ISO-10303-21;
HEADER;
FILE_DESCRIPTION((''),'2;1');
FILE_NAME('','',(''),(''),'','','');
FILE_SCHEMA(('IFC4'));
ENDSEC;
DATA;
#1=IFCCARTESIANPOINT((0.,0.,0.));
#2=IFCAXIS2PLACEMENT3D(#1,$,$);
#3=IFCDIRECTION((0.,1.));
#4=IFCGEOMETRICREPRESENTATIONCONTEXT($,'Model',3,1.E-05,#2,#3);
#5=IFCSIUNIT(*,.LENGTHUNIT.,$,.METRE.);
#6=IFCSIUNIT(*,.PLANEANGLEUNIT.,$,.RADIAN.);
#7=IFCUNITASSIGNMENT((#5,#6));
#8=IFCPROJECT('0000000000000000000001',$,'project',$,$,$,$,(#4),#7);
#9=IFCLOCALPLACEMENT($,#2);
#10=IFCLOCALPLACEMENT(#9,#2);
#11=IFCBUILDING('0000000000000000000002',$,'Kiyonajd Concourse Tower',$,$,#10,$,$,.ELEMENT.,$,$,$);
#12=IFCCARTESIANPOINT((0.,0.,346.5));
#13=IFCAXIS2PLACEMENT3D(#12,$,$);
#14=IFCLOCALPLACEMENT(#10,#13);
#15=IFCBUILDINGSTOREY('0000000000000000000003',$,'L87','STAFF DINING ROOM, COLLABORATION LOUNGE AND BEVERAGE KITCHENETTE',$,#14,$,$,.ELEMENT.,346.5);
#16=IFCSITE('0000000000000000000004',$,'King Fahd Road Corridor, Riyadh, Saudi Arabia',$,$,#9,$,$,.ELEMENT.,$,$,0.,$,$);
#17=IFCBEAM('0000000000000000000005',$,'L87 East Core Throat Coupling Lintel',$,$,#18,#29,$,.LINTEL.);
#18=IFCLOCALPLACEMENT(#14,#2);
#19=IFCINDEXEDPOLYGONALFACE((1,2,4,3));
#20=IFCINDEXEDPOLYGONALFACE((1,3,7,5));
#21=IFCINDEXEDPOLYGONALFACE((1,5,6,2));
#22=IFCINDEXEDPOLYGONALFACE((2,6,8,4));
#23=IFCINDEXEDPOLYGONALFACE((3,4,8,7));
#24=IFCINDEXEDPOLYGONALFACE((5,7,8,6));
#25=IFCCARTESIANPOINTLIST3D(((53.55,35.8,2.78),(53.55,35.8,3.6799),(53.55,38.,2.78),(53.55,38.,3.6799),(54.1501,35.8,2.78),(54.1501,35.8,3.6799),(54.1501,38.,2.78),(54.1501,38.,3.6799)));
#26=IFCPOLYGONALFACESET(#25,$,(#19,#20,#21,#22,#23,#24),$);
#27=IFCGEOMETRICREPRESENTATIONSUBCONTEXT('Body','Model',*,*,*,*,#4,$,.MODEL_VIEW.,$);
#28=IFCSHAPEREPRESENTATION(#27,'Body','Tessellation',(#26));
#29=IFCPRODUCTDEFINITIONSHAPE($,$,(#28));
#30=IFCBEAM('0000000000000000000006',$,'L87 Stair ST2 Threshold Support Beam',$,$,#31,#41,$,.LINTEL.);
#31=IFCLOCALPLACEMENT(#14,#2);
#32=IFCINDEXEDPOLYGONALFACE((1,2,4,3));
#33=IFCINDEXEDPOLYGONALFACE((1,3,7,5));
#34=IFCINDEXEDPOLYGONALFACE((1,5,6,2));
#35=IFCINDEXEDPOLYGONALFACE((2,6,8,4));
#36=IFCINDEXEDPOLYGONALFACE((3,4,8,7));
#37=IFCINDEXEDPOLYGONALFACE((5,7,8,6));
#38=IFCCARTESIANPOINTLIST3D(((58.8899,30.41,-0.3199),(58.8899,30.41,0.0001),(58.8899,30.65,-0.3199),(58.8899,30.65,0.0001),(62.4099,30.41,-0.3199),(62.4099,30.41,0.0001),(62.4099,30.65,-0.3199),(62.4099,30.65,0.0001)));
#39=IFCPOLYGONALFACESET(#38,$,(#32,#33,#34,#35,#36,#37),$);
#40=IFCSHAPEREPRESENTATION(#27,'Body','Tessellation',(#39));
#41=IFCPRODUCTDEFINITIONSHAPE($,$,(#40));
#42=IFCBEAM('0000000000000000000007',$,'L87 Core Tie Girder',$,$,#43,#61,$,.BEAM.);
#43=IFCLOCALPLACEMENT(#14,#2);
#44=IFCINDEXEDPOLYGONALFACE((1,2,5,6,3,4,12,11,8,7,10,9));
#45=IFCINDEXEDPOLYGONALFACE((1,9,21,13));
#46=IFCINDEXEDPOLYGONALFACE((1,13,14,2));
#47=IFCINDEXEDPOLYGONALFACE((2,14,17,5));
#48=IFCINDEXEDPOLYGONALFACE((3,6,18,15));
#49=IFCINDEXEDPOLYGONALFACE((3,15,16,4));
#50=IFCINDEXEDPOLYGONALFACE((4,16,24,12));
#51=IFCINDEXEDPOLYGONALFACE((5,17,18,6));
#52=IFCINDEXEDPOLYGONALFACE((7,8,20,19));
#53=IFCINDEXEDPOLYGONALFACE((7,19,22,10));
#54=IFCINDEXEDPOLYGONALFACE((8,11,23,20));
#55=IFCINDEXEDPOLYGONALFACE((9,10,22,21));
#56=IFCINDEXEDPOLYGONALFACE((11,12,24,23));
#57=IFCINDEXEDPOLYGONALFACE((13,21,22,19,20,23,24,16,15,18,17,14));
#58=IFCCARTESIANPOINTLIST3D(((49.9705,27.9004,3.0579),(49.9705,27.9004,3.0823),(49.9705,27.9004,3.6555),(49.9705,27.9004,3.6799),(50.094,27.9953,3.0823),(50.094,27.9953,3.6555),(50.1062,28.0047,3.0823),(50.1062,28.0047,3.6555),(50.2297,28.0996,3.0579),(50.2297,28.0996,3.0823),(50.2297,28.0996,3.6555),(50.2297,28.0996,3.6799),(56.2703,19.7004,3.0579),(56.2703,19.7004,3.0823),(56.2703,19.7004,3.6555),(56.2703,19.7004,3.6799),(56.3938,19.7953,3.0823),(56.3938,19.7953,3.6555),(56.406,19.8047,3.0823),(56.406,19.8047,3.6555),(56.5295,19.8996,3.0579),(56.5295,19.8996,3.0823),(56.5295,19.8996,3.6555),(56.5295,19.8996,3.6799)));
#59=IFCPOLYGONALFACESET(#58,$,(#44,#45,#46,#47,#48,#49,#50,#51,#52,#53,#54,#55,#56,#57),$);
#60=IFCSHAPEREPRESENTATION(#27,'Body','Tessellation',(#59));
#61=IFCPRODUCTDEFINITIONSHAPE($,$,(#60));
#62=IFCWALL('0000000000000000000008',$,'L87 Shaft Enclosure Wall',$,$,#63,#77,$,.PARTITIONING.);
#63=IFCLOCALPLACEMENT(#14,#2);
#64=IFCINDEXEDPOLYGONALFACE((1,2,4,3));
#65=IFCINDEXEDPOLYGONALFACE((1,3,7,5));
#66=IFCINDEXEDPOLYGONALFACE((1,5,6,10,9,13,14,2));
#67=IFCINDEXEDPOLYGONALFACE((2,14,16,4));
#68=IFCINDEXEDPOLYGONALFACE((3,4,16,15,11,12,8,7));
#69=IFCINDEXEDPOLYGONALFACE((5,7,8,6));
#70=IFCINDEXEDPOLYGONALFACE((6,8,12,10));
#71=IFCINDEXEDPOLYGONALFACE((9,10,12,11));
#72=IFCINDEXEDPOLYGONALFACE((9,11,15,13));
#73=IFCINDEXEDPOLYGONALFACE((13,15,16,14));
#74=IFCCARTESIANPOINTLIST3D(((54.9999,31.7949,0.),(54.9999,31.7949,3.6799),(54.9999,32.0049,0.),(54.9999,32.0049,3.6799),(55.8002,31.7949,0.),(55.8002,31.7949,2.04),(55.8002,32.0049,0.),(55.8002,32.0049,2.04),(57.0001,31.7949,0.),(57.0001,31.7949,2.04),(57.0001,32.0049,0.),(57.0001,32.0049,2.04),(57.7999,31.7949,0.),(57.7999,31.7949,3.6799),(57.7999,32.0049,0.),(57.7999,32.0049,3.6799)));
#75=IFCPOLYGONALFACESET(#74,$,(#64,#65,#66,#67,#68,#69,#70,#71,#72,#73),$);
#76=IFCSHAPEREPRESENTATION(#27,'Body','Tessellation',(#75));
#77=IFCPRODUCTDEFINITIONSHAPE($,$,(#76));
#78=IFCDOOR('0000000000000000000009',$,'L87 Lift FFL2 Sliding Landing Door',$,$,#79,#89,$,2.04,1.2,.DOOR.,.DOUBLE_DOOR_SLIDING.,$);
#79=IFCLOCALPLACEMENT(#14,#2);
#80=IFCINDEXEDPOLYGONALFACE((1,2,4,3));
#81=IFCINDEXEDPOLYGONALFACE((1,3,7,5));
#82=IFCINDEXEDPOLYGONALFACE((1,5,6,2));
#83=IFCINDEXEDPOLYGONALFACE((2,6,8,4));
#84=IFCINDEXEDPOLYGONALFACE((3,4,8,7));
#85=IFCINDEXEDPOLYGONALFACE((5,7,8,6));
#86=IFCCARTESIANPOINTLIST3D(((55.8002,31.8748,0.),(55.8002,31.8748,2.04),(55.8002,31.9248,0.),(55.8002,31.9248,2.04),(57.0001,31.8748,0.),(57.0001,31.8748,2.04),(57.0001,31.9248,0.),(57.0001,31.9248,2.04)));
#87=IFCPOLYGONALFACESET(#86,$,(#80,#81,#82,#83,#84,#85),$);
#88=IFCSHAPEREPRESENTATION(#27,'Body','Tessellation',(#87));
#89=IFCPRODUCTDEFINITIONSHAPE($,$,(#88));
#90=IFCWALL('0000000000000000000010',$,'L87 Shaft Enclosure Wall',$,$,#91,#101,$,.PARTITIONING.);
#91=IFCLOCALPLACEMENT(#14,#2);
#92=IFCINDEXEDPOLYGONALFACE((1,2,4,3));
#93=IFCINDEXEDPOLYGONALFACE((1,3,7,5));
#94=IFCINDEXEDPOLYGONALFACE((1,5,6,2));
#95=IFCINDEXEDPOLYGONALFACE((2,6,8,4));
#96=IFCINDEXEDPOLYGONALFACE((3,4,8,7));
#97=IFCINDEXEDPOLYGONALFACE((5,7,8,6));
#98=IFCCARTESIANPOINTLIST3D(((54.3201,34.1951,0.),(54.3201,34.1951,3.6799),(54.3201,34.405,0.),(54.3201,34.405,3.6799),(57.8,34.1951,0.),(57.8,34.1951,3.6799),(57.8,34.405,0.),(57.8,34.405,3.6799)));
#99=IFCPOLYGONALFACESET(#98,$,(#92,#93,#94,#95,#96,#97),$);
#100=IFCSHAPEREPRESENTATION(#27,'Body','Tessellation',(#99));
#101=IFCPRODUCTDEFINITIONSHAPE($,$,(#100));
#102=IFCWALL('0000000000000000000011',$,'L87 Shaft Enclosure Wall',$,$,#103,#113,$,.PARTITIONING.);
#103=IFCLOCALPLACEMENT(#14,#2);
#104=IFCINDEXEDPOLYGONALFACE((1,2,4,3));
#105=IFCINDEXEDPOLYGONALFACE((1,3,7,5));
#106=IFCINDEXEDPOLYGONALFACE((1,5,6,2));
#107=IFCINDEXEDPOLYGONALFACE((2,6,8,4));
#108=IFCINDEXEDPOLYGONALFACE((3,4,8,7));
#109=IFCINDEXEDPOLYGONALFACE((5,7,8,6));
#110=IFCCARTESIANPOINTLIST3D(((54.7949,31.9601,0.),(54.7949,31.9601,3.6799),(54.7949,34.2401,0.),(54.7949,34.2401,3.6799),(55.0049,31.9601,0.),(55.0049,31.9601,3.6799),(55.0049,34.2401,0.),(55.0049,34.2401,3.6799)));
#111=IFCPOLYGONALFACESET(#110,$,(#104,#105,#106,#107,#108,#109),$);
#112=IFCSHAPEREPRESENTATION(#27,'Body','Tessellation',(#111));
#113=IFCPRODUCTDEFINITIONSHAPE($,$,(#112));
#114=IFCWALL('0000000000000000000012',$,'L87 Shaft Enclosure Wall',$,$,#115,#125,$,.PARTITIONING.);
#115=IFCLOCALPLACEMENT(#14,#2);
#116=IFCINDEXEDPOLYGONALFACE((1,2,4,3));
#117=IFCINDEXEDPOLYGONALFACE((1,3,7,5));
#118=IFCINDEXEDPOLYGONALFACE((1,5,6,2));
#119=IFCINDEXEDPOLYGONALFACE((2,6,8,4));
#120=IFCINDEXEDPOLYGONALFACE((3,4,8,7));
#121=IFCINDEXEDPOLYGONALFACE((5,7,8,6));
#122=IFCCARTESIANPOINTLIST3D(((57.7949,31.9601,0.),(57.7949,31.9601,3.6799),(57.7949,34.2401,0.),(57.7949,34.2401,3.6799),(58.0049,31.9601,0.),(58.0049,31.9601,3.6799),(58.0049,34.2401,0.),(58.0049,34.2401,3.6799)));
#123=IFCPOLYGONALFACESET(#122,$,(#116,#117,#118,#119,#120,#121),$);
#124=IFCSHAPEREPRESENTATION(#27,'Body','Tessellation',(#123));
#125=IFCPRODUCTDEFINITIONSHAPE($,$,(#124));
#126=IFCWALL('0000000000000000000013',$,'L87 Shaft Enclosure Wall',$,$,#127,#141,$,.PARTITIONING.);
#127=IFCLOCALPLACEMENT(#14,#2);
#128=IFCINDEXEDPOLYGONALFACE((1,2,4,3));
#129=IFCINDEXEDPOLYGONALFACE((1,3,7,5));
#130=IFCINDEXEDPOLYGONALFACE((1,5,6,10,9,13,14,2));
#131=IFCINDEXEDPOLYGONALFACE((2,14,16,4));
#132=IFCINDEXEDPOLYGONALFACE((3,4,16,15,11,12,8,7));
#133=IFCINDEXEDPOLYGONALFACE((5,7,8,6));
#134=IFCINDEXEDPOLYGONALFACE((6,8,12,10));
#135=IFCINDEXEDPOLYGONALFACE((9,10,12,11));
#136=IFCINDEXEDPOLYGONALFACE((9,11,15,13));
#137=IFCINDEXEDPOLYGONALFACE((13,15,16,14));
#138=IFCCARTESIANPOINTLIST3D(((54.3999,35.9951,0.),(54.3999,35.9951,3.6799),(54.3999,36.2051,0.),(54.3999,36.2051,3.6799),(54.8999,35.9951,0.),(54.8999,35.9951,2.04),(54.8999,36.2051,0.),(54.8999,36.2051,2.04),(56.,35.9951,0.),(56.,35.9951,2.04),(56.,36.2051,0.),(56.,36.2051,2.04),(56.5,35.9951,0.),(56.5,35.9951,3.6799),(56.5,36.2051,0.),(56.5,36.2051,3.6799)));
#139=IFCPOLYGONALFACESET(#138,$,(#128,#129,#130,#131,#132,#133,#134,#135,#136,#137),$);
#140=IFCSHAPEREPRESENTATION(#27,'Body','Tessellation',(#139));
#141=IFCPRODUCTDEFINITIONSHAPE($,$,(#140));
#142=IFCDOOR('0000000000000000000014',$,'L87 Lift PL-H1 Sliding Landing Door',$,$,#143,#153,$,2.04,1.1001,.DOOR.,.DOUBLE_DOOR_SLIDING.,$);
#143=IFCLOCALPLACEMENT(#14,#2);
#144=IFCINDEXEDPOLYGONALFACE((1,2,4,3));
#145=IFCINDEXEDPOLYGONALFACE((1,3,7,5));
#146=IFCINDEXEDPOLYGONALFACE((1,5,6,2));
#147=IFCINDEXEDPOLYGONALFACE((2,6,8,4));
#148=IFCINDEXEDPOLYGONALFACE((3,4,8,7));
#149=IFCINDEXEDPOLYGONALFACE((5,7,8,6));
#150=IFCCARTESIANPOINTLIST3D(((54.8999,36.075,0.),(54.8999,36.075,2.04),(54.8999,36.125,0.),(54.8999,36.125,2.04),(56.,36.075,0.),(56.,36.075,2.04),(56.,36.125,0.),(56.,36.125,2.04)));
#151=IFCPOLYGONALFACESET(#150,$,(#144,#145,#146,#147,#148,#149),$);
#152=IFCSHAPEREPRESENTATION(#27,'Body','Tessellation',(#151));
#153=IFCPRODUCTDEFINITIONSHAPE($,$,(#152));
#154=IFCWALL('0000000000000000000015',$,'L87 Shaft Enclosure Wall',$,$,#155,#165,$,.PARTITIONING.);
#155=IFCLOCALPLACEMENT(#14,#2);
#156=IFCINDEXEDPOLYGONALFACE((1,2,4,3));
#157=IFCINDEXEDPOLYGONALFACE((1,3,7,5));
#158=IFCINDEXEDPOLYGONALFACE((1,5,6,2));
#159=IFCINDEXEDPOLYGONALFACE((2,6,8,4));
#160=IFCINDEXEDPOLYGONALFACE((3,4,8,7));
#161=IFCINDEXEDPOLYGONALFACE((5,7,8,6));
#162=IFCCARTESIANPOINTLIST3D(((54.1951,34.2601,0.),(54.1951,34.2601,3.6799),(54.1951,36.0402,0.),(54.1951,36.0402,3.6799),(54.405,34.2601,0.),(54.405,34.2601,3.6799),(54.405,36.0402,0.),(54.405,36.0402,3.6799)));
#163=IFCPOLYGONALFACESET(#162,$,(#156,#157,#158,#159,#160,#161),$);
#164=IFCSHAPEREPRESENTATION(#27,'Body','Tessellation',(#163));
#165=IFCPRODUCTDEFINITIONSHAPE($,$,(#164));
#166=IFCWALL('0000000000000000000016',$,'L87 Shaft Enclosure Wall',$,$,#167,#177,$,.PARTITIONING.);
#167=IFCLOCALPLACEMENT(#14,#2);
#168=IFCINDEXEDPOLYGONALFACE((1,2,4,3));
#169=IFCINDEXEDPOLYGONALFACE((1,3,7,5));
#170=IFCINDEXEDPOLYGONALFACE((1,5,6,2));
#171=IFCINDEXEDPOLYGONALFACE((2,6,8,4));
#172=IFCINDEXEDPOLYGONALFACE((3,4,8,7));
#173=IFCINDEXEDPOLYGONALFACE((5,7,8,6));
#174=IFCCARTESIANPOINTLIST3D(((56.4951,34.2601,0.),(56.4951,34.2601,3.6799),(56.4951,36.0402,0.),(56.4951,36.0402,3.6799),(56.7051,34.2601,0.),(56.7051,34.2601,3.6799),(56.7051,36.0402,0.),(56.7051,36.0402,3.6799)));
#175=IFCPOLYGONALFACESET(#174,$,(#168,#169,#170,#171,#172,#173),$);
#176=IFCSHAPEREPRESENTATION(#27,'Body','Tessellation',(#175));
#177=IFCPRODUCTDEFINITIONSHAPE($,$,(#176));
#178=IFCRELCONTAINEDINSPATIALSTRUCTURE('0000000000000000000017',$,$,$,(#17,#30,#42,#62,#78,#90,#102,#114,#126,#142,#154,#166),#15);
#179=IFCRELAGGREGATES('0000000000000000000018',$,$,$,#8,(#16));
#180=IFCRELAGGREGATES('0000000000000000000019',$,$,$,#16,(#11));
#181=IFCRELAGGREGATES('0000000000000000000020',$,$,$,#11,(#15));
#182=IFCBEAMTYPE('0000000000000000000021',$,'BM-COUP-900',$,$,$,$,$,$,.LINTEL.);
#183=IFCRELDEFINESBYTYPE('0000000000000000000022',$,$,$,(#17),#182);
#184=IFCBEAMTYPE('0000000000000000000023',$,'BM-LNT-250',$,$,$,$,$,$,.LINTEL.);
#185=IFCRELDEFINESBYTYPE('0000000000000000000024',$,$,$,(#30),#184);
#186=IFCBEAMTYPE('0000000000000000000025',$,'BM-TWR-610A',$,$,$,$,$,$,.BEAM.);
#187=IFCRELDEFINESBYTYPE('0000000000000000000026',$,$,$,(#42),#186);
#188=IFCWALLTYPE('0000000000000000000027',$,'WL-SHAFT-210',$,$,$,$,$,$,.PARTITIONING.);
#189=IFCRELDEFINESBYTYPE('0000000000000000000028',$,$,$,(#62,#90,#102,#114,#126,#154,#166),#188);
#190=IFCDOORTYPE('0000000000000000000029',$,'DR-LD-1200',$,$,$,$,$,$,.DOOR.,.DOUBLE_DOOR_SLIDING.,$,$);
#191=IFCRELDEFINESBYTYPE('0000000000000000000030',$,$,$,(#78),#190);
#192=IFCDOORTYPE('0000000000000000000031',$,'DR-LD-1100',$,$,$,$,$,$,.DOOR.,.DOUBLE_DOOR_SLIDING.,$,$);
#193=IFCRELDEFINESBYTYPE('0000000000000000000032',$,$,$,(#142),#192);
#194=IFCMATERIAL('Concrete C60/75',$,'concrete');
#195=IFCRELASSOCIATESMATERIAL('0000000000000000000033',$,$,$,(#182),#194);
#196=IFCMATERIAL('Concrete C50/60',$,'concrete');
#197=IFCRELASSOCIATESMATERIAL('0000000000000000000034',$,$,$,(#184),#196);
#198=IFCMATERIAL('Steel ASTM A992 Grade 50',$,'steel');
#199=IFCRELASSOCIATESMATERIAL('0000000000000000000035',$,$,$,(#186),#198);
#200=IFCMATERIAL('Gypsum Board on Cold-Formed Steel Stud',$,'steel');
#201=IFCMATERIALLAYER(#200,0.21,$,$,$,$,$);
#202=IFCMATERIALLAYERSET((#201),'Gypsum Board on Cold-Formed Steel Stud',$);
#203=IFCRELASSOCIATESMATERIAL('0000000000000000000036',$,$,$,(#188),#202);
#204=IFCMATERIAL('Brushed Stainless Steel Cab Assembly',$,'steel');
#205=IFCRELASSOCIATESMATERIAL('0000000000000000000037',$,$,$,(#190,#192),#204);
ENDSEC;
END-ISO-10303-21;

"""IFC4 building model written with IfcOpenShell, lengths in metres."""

from ifc_helpers import new_model, si_unit, direction, frame, frame_2d, origin, origin_2d, place, context, subcontext, project, spatial, rectangle, i_section, extrude, material, layer, layer_set, material_profile, profile_set, type_object, element, fill, save


model = new_model("IFC4")

# Units and contexts
model_context = context("Model", 3, precision=1e-05, world=origin(), true_north=direction((0.0, 1.0)))
body_context = subcontext(model_context, "Body", "Model", "MODEL_VIEW")
ifc_project = project(units=[si_unit("LENGTHUNIT", "METRE"), si_unit("PLANEANGLEUNIT", "RADIAN")], contexts=[model_context])

# Site, building, storey
site_placement = place(None, origin())
site = spatial("IfcSite", under=ifc_project, at=site_placement, Name="King Fahd Road Corridor, Riyadh, Saudi Arabia", CompositionType="ELEMENT", RefElevation=0.0)
building_placement = place(site_placement, origin())
building = spatial("IfcBuilding", under=site, at=building_placement, Name="Kiyonajd Concourse Tower", CompositionType="ELEMENT")
storey_placement = place(building_placement, frame((0.0, 0.0, 346.5)))
storey = spatial("IfcBuildingStorey", under=building, at=storey_placement, Name="L87", Description="STAFF DINING ROOM, COLLABORATION LOUNGE AND BEVERAGE KITCHENETTE", CompositionType="ELEMENT", Elevation=346.5)

# Beams
ifc_material_1 = material(Name="Concrete C60/75", Category="concrete")
ifc_material_profile_1 = material_profile(ifc_material_1, rectangle(XDim=0.6001, YDim=0.8999, at=origin_2d()), Name="RCBM-600x900")
ifc_profile_set_1 = profile_set([ifc_material_profile_1], Name="Concrete C60/75")
beam_type_1 = type_object("IfcBeamType", Name="BM-COUP-900", PredefinedType="LINTEL", material=ifc_profile_set_1)
beam_1_placement = place(storey_placement, frame((53.8501, 35.8, 3.23), z_axis=(0.0, 1.0, 0.0), x_axis=(-1.0, 0.0, 0.0)))
element("IfcBeam", 1, at=beam_1_placement, inside=storey, type_object=beam_type_1, Name="L87 East Core Throat Coupling Lintel", PredefinedType="LINTEL", context=body_context, shape_type="SweptSolid", body=[
    extrude(rectangle(XDim=0.6001, YDim=0.8999, at=origin_2d()), origin(), (0.0, 0.0, 1.0), 2.2),
])
ifc_material_2 = material(Name="Concrete C50/60", Category="concrete")
ifc_material_profile_2 = material_profile(ifc_material_2, rectangle(XDim=0.24, YDim=0.3201, at=origin_2d()), Name="RCBM-240x320")
ifc_profile_set_2 = profile_set([ifc_material_profile_2], Name="Concrete C50/60")
beam_type_2 = type_object("IfcBeamType", Name="BM-LNT-250", PredefinedType="LINTEL", material=ifc_profile_set_2)
beam_2_placement = place(storey_placement, frame((58.8899, 30.53, -0.1599), z_axis=(1.0, 0.0, 0.0), x_axis=(0.0, 1.0, 0.0)))
element("IfcBeam", 2, at=beam_2_placement, inside=storey, type_object=beam_type_2, Name="L87 Stair ST2 Threshold Support Beam", PredefinedType="LINTEL", context=body_context, shape_type="SweptSolid", body=[
    extrude(rectangle(XDim=0.24, YDim=0.3201, at=origin_2d()), origin(), (0.0, 0.0, 1.0), 3.52),
])
ifc_material_3 = material(Name="Steel ASTM A992 Grade 50", Category="steel")
ifc_material_profile_3 = material_profile(ifc_material_3, i_section(OverallWidth=0.3269, OverallDepth=0.6221, WebThickness=0.0154, FlangeThickness=0.0244, at=origin_2d()), Name="W610X195")
ifc_profile_set_3 = profile_set([ifc_material_profile_3], Name="Steel ASTM A992 Grade 50")
beam_type_3 = type_object("IfcBeamType", Name="BM-TWR-610A", PredefinedType="BEAM", material=ifc_profile_set_3)
beam_3_placement = place(storey_placement, frame((50.1001, 28.0, 3.3689), z_axis=(0.609234, -0.792991, 0.0), x_axis=(0.792991, 0.609234, 0.0)))
element("IfcBeam", 3, at=beam_3_placement, inside=storey, type_object=beam_type_3, Name="L87 Core Tie Girder", PredefinedType="BEAM", context=body_context, shape_type="SweptSolid", body=[
    extrude(i_section(OverallWidth=0.3269, OverallDepth=0.6221, WebThickness=0.0154, FlangeThickness=0.0244, at=origin_2d()), origin(), (0.0, 0.0, 1.0), 10.3406),
])

# Wall, opening, door
ifc_material_4 = material(Name="Gypsum Board on Cold-Formed Steel Stud", Category="steel")
ifc_layer_1 = layer(ifc_material_4, 0.21)
ifc_layer_set_1 = layer_set([ifc_layer_1], Name="Gypsum Board on Cold-Formed Steel Stud")
wall_type_1 = type_object("IfcWallType", Name="WL-SHAFT-210", PredefinedType="PARTITIONING", material=ifc_layer_set_1)
wall_1_placement = place(storey_placement, frame((55.0, 31.8999, 0.0), z_axis=(0.0, 0.0, 1.0), x_axis=(1.0, 0.0, 0.0)))
wall_1 = element("IfcWall", 4, at=wall_1_placement, inside=storey, type_object=wall_type_1, Name="L87 Shaft Enclosure Wall", PredefinedType="PARTITIONING", context=body_context, shape_type="SweptSolid", body=[
    extrude(rectangle(XDim=2.8, YDim=0.21, at=frame_2d((1.3999, 0.0))), origin(), (0.0, 0.0, 1.0), 3.6799),
])
opening_1_placement = place(wall_1_placement, frame((0.8, 0.0, 0.0)))
opening_1 = element("IfcOpeningElement", 5, at=opening_1_placement, cuts=wall_1, PredefinedType="OPENING", context=body_context, shape_type="SweptSolid", body=[
    extrude(rectangle(XDim=1.2, YDim=2.04, at=frame_2d((0.6001, 1.02))), frame((0.0, 0.115, 0.0), z_axis=(0.0, -1.0, 0.0), x_axis=(1.0, 0.0, 0.0)), (0.0, 0.0, 1.0), 0.23),
])
ifc_material_5 = material(Name="Brushed Stainless Steel Cab Assembly", Category="steel")
door_type_1 = type_object("IfcDoorType", Name="DR-LD-1200", OperationType="DOUBLE_DOOR_SLIDING", PredefinedType="DOOR", material=ifc_material_5)
door_1_placement = place(opening_1_placement, origin())
door_1 = element("IfcDoor", 6, at=door_1_placement, inside=storey, type_object=door_type_1, Name="L87 Lift FFL2 Sliding Landing Door", OperationType="DOUBLE_DOOR_SLIDING", OverallHeight=2.04, OverallWidth=1.2, PredefinedType="DOOR", context=body_context, shape_type="SweptSolid", body=[
    extrude(rectangle(XDim=1.2, YDim=2.04, at=frame_2d((0.6001, 1.02))), frame((0.0, 0.0249, 0.0), z_axis=(0.0, -1.0, 0.0), x_axis=(1.0, 0.0, 0.0)), (0.0, 0.0, 1.0), 0.05),
])
fill(opening_1, door_1)

# Walls
wall_2_placement = place(storey_placement, frame((54.3201, 34.3, 0.0), z_axis=(0.0, 0.0, 1.0), x_axis=(1.0, 0.0, 0.0)))
element("IfcWall", 7, at=wall_2_placement, inside=storey, type_object=wall_type_1, Name="L87 Shaft Enclosure Wall", PredefinedType="PARTITIONING", context=body_context, shape_type="SweptSolid", body=[
    extrude(rectangle(XDim=3.48, YDim=0.21, at=frame_2d((1.74, 0.0))), origin(), (0.0, 0.0, 1.0), 3.6799),
])
for number, where, z_axis, x_axis, name in (
    (8, (54.8999, 31.96, 0.0), (0.0, 0.0, 1.0), (0.0, 1.0, 0.0), "L87 Shaft Enclosure Wall"),
    (9, (57.8999, 31.96, 0.0), (0.0, 0.0, 1.0), (0.0, 1.0, 0.0), "L87 Shaft Enclosure Wall"),
):
    element("IfcWall", number, at=place(storey_placement, frame(where, z_axis=z_axis, x_axis=x_axis)), inside=storey, type_object=wall_type_1, Name=name, PredefinedType="PARTITIONING", context=body_context, shape_type="SweptSolid", body=[
        extrude(rectangle(XDim=2.28, YDim=0.21, at=frame_2d((1.1401, 0.0))), origin(), (0.0, 0.0, 1.0), 3.6799),
    ])

# Wall, opening, door
wall_3_placement = place(storey_placement, frame((54.3999, 36.1001, 0.0), z_axis=(0.0, 0.0, 1.0), x_axis=(1.0, 0.0, 0.0)))
wall_3 = element("IfcWall", 10, at=wall_3_placement, inside=storey, type_object=wall_type_1, Name="L87 Shaft Enclosure Wall", PredefinedType="PARTITIONING", context=body_context, shape_type="SweptSolid", body=[
    extrude(rectangle(XDim=2.1001, YDim=0.21, at=frame_2d((1.05, 0.0))), origin(), (0.0, 0.0, 1.0), 3.6799),
])
opening_2_placement = place(wall_3_placement, frame((0.5, 0.0, 0.0)))
opening_2 = element("IfcOpeningElement", 11, at=opening_2_placement, cuts=wall_3, PredefinedType="OPENING", context=body_context, shape_type="SweptSolid", body=[
    extrude(rectangle(XDim=1.1001, YDim=2.04, at=frame_2d((0.55, 1.02))), frame((0.0, 0.115, 0.0), z_axis=(0.0, -1.0, 0.0), x_axis=(1.0, 0.0, 0.0)), (0.0, 0.0, 1.0), 0.23),
])
door_type_2 = type_object("IfcDoorType", Name="DR-LD-1100", OperationType="DOUBLE_DOOR_SLIDING", PredefinedType="DOOR", material=ifc_material_5)
door_2_placement = place(opening_2_placement, origin())
door_2 = element("IfcDoor", 12, at=door_2_placement, inside=storey, type_object=door_type_2, Name="L87 Lift PL-H1 Sliding Landing Door", OperationType="DOUBLE_DOOR_SLIDING", OverallHeight=2.04, OverallWidth=1.1001, PredefinedType="DOOR", context=body_context, shape_type="SweptSolid", body=[
    extrude(rectangle(XDim=1.1001, YDim=2.04, at=frame_2d((0.55, 1.02))), frame((0.0, 0.0249, 0.0), z_axis=(0.0, -1.0, 0.0), x_axis=(1.0, 0.0, 0.0)), (0.0, 0.0, 1.0), 0.05),
])
fill(opening_2, door_2)

# Walls
for number, where, z_axis, x_axis, name in (
    (13, (54.3, 34.26, 0.0), (0.0, 0.0, 1.0), (0.0, 1.0, 0.0), "L87 Shaft Enclosure Wall"),
    (14, (56.6001, 34.26, 0.0), (0.0, 0.0, 1.0), (0.0, 1.0, 0.0), "L87 Shaft Enclosure Wall"),
):
    element("IfcWall", number, at=place(storey_placement, frame(where, z_axis=z_axis, x_axis=x_axis)), inside=storey, type_object=wall_type_1, Name=name, PredefinedType="PARTITIONING", context=body_context, shape_type="SweptSolid", body=[
        extrude(rectangle(XDim=1.78, YDim=0.21, at=frame_2d((0.8901, 0.0))), origin(), (0.0, 0.0, 1.0), 3.6799),
    ])

save(model, "model.ifc")
